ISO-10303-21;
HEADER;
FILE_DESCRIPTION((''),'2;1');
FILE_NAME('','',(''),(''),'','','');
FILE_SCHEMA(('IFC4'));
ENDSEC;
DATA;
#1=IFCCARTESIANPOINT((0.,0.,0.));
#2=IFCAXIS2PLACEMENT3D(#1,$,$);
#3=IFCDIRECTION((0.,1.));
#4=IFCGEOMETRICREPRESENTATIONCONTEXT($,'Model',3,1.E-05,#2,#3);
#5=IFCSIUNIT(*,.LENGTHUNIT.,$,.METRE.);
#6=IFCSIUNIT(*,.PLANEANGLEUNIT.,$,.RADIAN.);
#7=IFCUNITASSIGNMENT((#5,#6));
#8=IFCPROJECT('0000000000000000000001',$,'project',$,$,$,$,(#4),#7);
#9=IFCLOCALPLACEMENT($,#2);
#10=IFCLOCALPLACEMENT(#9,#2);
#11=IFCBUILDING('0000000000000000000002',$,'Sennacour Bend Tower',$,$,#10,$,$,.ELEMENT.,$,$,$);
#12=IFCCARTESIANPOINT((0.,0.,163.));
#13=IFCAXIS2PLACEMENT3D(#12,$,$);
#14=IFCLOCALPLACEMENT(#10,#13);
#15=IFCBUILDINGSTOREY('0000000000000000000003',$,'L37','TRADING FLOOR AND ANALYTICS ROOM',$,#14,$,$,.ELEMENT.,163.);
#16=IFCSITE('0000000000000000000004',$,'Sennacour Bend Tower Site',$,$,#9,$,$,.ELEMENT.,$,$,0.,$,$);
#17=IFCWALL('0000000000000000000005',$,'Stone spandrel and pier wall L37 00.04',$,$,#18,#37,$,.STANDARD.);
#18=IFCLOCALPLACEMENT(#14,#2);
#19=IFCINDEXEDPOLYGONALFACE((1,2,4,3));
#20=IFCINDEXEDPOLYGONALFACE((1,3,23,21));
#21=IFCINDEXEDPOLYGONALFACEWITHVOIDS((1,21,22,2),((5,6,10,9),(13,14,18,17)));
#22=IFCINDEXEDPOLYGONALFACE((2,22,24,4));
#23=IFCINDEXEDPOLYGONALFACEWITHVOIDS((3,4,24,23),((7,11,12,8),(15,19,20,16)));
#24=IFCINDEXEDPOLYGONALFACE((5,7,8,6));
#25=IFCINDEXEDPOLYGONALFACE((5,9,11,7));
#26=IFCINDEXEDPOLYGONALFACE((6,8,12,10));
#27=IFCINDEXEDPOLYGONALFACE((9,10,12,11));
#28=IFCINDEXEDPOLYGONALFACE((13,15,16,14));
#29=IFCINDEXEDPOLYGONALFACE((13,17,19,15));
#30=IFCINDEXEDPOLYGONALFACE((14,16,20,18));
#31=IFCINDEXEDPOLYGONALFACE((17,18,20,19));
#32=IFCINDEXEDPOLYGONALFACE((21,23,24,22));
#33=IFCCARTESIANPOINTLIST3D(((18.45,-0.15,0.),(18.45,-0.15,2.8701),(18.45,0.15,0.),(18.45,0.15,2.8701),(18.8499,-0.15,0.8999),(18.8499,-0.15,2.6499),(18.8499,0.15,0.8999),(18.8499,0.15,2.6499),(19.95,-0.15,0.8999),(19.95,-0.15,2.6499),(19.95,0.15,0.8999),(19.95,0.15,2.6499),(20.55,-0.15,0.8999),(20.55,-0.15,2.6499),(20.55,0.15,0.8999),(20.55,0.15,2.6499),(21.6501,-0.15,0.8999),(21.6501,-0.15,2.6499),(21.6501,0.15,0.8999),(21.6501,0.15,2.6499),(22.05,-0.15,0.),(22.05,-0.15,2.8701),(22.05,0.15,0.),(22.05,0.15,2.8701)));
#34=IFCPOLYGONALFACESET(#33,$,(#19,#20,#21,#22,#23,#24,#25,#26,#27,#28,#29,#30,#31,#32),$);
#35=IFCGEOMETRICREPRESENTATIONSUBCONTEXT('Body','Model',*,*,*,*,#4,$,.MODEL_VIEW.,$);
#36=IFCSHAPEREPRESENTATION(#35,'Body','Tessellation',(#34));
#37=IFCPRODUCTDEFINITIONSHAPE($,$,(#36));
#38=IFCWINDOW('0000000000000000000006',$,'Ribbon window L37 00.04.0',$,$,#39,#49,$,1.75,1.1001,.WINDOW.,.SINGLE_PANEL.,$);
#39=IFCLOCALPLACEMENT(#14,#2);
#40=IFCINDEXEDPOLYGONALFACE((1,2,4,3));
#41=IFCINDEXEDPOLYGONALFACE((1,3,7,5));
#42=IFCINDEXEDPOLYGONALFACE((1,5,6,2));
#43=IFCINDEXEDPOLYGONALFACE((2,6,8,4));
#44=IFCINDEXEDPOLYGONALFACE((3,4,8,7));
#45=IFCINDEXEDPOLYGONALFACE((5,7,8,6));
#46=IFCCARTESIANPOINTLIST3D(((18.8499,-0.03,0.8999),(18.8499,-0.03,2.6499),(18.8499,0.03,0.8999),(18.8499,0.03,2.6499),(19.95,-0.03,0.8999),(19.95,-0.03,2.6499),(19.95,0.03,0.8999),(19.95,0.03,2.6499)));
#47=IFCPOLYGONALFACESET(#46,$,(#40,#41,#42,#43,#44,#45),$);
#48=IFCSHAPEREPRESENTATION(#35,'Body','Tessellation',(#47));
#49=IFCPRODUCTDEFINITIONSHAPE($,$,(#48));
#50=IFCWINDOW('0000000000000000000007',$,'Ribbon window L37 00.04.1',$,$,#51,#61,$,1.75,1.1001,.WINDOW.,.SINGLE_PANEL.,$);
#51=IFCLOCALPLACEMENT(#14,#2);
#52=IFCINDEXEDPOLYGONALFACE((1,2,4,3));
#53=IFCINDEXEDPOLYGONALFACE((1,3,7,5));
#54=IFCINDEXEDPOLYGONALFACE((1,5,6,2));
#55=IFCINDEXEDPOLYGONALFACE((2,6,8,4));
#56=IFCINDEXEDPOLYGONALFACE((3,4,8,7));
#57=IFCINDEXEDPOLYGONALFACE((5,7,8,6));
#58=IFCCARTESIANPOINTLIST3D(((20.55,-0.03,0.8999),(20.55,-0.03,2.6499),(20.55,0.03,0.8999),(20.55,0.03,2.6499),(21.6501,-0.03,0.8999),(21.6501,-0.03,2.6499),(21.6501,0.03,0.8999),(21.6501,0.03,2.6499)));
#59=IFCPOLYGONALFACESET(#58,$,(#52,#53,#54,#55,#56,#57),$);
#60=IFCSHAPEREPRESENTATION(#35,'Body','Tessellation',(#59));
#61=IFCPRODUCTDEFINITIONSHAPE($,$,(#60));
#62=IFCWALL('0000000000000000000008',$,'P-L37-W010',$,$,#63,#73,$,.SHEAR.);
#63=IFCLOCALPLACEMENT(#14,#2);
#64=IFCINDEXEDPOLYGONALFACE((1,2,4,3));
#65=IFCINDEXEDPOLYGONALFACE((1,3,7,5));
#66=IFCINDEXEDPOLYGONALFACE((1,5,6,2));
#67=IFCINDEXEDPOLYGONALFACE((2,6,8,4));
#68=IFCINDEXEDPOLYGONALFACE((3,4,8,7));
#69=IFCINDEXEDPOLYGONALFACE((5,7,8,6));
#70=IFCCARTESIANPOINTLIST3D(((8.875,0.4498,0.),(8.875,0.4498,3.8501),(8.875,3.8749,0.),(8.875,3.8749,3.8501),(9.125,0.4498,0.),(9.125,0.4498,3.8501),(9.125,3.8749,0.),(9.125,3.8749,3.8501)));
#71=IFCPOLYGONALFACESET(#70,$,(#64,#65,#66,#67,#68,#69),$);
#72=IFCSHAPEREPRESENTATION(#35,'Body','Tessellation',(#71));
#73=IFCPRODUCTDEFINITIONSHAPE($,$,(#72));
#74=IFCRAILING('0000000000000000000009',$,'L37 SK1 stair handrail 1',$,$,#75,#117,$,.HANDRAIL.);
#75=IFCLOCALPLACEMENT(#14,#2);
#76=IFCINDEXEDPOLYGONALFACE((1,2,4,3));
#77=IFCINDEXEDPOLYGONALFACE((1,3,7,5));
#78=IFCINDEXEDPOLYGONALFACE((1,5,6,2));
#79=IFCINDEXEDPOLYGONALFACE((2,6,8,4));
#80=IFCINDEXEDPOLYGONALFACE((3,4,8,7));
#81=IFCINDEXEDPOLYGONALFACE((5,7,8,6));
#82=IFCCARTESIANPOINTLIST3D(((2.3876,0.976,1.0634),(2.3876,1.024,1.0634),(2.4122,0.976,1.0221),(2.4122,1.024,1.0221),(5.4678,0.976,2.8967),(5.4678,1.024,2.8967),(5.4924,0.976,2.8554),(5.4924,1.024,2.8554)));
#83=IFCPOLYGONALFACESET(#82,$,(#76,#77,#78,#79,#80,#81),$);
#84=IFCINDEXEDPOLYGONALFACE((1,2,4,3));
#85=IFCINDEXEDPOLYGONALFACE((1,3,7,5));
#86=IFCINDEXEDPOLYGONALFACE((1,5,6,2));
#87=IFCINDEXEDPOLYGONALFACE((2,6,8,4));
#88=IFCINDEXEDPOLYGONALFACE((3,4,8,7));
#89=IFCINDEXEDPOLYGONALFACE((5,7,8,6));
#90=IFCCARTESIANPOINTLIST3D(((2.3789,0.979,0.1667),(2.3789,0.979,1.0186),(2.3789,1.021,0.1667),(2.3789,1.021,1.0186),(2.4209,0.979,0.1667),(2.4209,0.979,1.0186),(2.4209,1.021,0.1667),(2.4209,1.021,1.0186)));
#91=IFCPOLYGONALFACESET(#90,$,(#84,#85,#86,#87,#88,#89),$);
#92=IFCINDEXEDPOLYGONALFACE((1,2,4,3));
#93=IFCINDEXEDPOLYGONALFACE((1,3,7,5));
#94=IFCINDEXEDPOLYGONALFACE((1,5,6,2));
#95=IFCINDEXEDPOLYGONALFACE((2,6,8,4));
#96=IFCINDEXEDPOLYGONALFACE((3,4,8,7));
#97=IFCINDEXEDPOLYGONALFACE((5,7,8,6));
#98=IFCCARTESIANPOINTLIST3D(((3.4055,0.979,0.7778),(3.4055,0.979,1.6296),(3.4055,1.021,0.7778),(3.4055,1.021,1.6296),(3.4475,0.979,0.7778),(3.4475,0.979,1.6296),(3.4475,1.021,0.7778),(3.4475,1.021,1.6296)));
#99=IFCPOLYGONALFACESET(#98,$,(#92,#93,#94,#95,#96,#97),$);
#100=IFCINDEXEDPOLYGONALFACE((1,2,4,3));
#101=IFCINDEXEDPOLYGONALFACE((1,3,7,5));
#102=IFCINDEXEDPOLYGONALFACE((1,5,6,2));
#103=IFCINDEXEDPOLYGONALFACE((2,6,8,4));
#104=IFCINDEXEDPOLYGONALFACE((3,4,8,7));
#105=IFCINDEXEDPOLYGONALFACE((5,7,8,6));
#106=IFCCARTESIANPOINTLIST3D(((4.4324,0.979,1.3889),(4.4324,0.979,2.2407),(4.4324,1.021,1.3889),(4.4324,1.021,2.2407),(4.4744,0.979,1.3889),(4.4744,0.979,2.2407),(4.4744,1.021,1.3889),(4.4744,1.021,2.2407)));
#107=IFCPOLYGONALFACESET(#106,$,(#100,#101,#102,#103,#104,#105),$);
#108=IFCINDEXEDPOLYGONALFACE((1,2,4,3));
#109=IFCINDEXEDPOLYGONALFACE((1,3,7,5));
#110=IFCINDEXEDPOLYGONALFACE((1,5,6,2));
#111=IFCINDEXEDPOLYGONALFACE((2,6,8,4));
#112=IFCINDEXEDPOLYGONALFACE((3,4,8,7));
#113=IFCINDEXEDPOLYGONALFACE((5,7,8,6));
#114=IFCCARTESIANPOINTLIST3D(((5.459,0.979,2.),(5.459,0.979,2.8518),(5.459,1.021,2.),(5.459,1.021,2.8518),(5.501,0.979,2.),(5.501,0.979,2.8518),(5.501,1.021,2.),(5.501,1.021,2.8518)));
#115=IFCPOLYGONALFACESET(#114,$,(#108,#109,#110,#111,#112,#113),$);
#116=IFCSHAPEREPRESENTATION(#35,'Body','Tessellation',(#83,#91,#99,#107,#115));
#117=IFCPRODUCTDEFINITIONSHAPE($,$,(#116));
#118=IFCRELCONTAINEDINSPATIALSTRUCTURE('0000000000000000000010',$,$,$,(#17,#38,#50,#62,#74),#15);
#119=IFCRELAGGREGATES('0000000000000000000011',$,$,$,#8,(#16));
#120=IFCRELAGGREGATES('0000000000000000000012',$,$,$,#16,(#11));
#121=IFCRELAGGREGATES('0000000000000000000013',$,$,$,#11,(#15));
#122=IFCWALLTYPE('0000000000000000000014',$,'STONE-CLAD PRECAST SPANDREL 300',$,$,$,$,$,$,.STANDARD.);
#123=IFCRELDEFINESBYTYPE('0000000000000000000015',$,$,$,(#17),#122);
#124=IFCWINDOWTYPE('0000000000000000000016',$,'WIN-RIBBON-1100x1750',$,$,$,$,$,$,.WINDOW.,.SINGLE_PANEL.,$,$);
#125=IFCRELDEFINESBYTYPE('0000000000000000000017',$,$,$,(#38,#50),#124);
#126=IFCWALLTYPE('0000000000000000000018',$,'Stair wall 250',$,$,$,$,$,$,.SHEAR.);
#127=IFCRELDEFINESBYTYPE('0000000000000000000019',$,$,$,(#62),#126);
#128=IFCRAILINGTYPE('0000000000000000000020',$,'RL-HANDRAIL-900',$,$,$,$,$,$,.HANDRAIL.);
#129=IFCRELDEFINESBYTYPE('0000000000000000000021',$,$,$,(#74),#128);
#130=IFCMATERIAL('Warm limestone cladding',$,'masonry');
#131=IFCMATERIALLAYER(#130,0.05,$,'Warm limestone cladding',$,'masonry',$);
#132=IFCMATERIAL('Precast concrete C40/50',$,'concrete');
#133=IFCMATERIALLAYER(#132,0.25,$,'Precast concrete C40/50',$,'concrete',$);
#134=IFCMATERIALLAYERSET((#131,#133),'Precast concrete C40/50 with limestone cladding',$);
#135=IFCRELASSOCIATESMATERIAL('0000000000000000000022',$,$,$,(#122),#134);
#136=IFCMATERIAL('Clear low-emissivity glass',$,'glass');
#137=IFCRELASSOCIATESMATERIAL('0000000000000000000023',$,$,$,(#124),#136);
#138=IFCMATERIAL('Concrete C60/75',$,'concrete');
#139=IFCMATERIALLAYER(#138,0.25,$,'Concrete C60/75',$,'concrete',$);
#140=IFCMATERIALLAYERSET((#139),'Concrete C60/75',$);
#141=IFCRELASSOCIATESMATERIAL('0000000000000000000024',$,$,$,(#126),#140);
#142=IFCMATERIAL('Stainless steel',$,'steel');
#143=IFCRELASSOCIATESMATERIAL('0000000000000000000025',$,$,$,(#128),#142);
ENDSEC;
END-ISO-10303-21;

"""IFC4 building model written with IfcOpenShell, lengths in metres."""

from ifc_helpers import new_model, si_unit, direction, frame, frame_2d, origin, origin_2d, place, context, subcontext, project, spatial, rectangle, extrude, material, layer, layer_set, type_object, element, fill, save


model = new_model("IFC4")

# Units and contexts
model_context = context("Model", 3, precision=1e-05, world=origin(), true_north=direction((0.0, 1.0)))
body_context = subcontext(model_context, "Body", "Model", "MODEL_VIEW")
ifc_project = project(units=[si_unit("LENGTHUNIT", "METRE"), si_unit("PLANEANGLEUNIT", "RADIAN")], contexts=[model_context])

# Site, building, storey
site_placement = place(None, origin())
site = spatial("IfcSite", under=ifc_project, at=site_placement, Name="Sennacour Bend Tower Site", CompositionType="ELEMENT", RefElevation=0.0)
building_placement = place(site_placement, origin())
building = spatial("IfcBuilding", under=site, at=building_placement, Name="Sennacour Bend Tower", CompositionType="ELEMENT")
storey_placement = place(building_placement, frame((0.0, 0.0, 163.0)))
storey = spatial("IfcBuildingStorey", under=building, at=storey_placement, Name="L37", Description="TRADING FLOOR AND ANALYTICS ROOM", CompositionType="ELEMENT", Elevation=163.0)

# Wall, openings, windows
ifc_material_1 = material(Name="Warm limestone cladding", Category="masonry")
ifc_layer_1 = layer(ifc_material_1, 0.05, Name="Warm limestone cladding", Category="masonry")
ifc_material_2 = material(Name="Precast concrete C40/50", Category="concrete")
ifc_layer_2 = layer(ifc_material_2, 0.25, Name="Precast concrete C40/50", Category="concrete")
ifc_layer_set_1 = layer_set([ifc_layer_1, ifc_layer_2], Name="Precast concrete C40/50 with limestone cladding")
wall_type_1 = type_object("IfcWallType", Name="STONE-CLAD PRECAST SPANDREL 300", PredefinedType="STANDARD", material=ifc_layer_set_1)
ifc_material_3 = material(Name="Clear low-emissivity glass", Category="glass")
window_type_1 = type_object("IfcWindowType", Name="WIN-RIBBON-1100x1750", PartitioningType="SINGLE_PANEL", PredefinedType="WINDOW", material=ifc_material_3)
wall_1_placement = place(storey_placement, frame((18.45, 0.0, 0.0), z_axis=(0.0, 0.0, 1.0), x_axis=(1.0, 0.0, 0.0)))
wall_1 = element("IfcWall", 1, at=wall_1_placement, inside=storey, type_object=wall_type_1, Name="Stone spandrel and pier wall L37 00.04", PredefinedType="STANDARD", context=body_context, shape_type="SweptSolid", body=[
    extrude(rectangle(XDim=3.6001, YDim=0.3, at=frame_2d((1.8, 0.0))), origin(), (0.0, 0.0, 1.0), 2.8701),
])
opening_1_placement = place(wall_1_placement, frame((0.3999, 0.0, 0.8999)))
opening_1 = element("IfcOpeningElement", 2, at=opening_1_placement, cuts=wall_1, PredefinedType="OPENING", context=body_context, shape_type="SweptSolid", body=[
    extrude(rectangle(XDim=1.1001, YDim=1.75, at=frame_2d((0.55, 0.875))), frame((0.0, 0.1602, 0.0), z_axis=(0.0, -1.0, 0.0), x_axis=(1.0, 0.0, 0.0)), (0.0, 0.0, 1.0), 0.3201),
])
opening_2_placement = place(wall_1_placement, frame((2.1001, 0.0, 0.8999)))
opening_2 = element("IfcOpeningElement", 3, at=opening_2_placement, cuts=wall_1, PredefinedType="OPENING", context=body_context, shape_type="SweptSolid", body=[
    extrude(rectangle(XDim=1.1001, YDim=1.75, at=frame_2d((0.55, 0.875))), frame((0.0, 0.1602, 0.0), z_axis=(0.0, -1.0, 0.0), x_axis=(1.0, 0.0, 0.0)), (0.0, 0.0, 1.0), 0.3201),
])
window_1_placement = place(opening_1_placement, origin())
window_1 = element("IfcWindow", 4, at=window_1_placement, inside=storey, type_object=window_type_1, Name="Ribbon window L37 00.04.0", OverallHeight=1.75, OverallWidth=1.1001, PartitioningType="SINGLE_PANEL", PredefinedType="WINDOW", context=body_context, shape_type="SweptSolid", body=[
    extrude(rectangle(XDim=1.1001, YDim=1.75, at=frame_2d((0.55, 0.875))), frame((0.0, 0.03, 0.0), z_axis=(0.0, -1.0, 0.0), x_axis=(1.0, 0.0, 0.0)), (0.0, 0.0, 1.0), 0.0601),
])
fill(opening_1, window_1)
window_2_placement = place(opening_2_placement, origin())
window_2 = element("IfcWindow", 5, at=window_2_placement, inside=storey, type_object=window_type_1, Name="Ribbon window L37 00.04.1", OverallHeight=1.75, OverallWidth=1.1001, PartitioningType="SINGLE_PANEL", PredefinedType="WINDOW", context=body_context, shape_type="SweptSolid", body=[
    extrude(rectangle(XDim=1.1001, YDim=1.75, at=frame_2d((0.55, 0.875))), frame((0.0, 0.03, 0.0), z_axis=(0.0, -1.0, 0.0), x_axis=(1.0, 0.0, 0.0)), (0.0, 0.0, 1.0), 0.0601),
])
fill(opening_2, window_2)

# Wall
ifc_material_4 = material(Name="Concrete C60/75", Category="concrete")
ifc_layer_3 = layer(ifc_material_4, 0.25, Name="Concrete C60/75", Category="concrete")
ifc_layer_set_2 = layer_set([ifc_layer_3], Name="Concrete C60/75")
wall_type_2 = type_object("IfcWallType", Name="Stair wall 250", PredefinedType="SHEAR", material=ifc_layer_set_2)
wall_2_placement = place(storey_placement, frame((9.0, 0.45, 0.0), z_axis=(0.0, 0.0, 1.0), x_axis=(0.0, 1.0, 0.0)))
element("IfcWall", 6, at=wall_2_placement, inside=storey, type_object=wall_type_2, Name="P-L37-W010", PredefinedType="SHEAR", context=body_context, shape_type="SweptSolid", body=[
    extrude(rectangle(XDim=3.425, YDim=0.25, at=frame_2d((1.7124, 0.0))), origin(), (0.0, 0.0, 1.0), 3.8501),
])

# Railing
ifc_material_5 = material(Name="Stainless steel", Category="steel")
railing_type = type_object("IfcRailingType", Name="RL-HANDRAIL-900", PredefinedType="HANDRAIL", material=ifc_material_5)
railing_placement = place(storey_placement, frame((2.3999, 1.0, 0.1667)))
element("IfcRailing", 7, at=railing_placement, inside=storey, type_object=railing_type, Name="L37 SK1 stair handrail 1", PredefinedType="HANDRAIL", context=body_context, shape_type="SweptSolid", body=[
    extrude(rectangle(XDim=0.0481, YDim=0.0481, at=origin_2d()), frame((0.0, 0.0, 0.876), z_axis=(0.859309, 0.0, 0.511458), x_axis=(0.0, 1.0, 0.0)), (0.0, 0.0, 1.0), 3.5845),
    extrude(rectangle(XDim=0.042, YDim=0.042, at=origin_2d()), origin(), (0.0, 0.0, 1.0), 0.8518),
    extrude(rectangle(XDim=0.042, YDim=0.042, at=origin_2d()), frame((1.0266, 0.0, 0.6111)), (0.0, 0.0, 1.0), 0.8518),
    extrude(rectangle(XDim=0.042, YDim=0.042, at=origin_2d()), frame((2.0535, 0.0, 1.2222)), (0.0, 0.0, 1.0), 0.8518),
    extrude(rectangle(XDim=0.042, YDim=0.042, at=origin_2d()), frame((3.0801, 0.0, 1.8333)), (0.0, 0.0, 1.0), 0.8518),
])

save(model, "model.ifc")
